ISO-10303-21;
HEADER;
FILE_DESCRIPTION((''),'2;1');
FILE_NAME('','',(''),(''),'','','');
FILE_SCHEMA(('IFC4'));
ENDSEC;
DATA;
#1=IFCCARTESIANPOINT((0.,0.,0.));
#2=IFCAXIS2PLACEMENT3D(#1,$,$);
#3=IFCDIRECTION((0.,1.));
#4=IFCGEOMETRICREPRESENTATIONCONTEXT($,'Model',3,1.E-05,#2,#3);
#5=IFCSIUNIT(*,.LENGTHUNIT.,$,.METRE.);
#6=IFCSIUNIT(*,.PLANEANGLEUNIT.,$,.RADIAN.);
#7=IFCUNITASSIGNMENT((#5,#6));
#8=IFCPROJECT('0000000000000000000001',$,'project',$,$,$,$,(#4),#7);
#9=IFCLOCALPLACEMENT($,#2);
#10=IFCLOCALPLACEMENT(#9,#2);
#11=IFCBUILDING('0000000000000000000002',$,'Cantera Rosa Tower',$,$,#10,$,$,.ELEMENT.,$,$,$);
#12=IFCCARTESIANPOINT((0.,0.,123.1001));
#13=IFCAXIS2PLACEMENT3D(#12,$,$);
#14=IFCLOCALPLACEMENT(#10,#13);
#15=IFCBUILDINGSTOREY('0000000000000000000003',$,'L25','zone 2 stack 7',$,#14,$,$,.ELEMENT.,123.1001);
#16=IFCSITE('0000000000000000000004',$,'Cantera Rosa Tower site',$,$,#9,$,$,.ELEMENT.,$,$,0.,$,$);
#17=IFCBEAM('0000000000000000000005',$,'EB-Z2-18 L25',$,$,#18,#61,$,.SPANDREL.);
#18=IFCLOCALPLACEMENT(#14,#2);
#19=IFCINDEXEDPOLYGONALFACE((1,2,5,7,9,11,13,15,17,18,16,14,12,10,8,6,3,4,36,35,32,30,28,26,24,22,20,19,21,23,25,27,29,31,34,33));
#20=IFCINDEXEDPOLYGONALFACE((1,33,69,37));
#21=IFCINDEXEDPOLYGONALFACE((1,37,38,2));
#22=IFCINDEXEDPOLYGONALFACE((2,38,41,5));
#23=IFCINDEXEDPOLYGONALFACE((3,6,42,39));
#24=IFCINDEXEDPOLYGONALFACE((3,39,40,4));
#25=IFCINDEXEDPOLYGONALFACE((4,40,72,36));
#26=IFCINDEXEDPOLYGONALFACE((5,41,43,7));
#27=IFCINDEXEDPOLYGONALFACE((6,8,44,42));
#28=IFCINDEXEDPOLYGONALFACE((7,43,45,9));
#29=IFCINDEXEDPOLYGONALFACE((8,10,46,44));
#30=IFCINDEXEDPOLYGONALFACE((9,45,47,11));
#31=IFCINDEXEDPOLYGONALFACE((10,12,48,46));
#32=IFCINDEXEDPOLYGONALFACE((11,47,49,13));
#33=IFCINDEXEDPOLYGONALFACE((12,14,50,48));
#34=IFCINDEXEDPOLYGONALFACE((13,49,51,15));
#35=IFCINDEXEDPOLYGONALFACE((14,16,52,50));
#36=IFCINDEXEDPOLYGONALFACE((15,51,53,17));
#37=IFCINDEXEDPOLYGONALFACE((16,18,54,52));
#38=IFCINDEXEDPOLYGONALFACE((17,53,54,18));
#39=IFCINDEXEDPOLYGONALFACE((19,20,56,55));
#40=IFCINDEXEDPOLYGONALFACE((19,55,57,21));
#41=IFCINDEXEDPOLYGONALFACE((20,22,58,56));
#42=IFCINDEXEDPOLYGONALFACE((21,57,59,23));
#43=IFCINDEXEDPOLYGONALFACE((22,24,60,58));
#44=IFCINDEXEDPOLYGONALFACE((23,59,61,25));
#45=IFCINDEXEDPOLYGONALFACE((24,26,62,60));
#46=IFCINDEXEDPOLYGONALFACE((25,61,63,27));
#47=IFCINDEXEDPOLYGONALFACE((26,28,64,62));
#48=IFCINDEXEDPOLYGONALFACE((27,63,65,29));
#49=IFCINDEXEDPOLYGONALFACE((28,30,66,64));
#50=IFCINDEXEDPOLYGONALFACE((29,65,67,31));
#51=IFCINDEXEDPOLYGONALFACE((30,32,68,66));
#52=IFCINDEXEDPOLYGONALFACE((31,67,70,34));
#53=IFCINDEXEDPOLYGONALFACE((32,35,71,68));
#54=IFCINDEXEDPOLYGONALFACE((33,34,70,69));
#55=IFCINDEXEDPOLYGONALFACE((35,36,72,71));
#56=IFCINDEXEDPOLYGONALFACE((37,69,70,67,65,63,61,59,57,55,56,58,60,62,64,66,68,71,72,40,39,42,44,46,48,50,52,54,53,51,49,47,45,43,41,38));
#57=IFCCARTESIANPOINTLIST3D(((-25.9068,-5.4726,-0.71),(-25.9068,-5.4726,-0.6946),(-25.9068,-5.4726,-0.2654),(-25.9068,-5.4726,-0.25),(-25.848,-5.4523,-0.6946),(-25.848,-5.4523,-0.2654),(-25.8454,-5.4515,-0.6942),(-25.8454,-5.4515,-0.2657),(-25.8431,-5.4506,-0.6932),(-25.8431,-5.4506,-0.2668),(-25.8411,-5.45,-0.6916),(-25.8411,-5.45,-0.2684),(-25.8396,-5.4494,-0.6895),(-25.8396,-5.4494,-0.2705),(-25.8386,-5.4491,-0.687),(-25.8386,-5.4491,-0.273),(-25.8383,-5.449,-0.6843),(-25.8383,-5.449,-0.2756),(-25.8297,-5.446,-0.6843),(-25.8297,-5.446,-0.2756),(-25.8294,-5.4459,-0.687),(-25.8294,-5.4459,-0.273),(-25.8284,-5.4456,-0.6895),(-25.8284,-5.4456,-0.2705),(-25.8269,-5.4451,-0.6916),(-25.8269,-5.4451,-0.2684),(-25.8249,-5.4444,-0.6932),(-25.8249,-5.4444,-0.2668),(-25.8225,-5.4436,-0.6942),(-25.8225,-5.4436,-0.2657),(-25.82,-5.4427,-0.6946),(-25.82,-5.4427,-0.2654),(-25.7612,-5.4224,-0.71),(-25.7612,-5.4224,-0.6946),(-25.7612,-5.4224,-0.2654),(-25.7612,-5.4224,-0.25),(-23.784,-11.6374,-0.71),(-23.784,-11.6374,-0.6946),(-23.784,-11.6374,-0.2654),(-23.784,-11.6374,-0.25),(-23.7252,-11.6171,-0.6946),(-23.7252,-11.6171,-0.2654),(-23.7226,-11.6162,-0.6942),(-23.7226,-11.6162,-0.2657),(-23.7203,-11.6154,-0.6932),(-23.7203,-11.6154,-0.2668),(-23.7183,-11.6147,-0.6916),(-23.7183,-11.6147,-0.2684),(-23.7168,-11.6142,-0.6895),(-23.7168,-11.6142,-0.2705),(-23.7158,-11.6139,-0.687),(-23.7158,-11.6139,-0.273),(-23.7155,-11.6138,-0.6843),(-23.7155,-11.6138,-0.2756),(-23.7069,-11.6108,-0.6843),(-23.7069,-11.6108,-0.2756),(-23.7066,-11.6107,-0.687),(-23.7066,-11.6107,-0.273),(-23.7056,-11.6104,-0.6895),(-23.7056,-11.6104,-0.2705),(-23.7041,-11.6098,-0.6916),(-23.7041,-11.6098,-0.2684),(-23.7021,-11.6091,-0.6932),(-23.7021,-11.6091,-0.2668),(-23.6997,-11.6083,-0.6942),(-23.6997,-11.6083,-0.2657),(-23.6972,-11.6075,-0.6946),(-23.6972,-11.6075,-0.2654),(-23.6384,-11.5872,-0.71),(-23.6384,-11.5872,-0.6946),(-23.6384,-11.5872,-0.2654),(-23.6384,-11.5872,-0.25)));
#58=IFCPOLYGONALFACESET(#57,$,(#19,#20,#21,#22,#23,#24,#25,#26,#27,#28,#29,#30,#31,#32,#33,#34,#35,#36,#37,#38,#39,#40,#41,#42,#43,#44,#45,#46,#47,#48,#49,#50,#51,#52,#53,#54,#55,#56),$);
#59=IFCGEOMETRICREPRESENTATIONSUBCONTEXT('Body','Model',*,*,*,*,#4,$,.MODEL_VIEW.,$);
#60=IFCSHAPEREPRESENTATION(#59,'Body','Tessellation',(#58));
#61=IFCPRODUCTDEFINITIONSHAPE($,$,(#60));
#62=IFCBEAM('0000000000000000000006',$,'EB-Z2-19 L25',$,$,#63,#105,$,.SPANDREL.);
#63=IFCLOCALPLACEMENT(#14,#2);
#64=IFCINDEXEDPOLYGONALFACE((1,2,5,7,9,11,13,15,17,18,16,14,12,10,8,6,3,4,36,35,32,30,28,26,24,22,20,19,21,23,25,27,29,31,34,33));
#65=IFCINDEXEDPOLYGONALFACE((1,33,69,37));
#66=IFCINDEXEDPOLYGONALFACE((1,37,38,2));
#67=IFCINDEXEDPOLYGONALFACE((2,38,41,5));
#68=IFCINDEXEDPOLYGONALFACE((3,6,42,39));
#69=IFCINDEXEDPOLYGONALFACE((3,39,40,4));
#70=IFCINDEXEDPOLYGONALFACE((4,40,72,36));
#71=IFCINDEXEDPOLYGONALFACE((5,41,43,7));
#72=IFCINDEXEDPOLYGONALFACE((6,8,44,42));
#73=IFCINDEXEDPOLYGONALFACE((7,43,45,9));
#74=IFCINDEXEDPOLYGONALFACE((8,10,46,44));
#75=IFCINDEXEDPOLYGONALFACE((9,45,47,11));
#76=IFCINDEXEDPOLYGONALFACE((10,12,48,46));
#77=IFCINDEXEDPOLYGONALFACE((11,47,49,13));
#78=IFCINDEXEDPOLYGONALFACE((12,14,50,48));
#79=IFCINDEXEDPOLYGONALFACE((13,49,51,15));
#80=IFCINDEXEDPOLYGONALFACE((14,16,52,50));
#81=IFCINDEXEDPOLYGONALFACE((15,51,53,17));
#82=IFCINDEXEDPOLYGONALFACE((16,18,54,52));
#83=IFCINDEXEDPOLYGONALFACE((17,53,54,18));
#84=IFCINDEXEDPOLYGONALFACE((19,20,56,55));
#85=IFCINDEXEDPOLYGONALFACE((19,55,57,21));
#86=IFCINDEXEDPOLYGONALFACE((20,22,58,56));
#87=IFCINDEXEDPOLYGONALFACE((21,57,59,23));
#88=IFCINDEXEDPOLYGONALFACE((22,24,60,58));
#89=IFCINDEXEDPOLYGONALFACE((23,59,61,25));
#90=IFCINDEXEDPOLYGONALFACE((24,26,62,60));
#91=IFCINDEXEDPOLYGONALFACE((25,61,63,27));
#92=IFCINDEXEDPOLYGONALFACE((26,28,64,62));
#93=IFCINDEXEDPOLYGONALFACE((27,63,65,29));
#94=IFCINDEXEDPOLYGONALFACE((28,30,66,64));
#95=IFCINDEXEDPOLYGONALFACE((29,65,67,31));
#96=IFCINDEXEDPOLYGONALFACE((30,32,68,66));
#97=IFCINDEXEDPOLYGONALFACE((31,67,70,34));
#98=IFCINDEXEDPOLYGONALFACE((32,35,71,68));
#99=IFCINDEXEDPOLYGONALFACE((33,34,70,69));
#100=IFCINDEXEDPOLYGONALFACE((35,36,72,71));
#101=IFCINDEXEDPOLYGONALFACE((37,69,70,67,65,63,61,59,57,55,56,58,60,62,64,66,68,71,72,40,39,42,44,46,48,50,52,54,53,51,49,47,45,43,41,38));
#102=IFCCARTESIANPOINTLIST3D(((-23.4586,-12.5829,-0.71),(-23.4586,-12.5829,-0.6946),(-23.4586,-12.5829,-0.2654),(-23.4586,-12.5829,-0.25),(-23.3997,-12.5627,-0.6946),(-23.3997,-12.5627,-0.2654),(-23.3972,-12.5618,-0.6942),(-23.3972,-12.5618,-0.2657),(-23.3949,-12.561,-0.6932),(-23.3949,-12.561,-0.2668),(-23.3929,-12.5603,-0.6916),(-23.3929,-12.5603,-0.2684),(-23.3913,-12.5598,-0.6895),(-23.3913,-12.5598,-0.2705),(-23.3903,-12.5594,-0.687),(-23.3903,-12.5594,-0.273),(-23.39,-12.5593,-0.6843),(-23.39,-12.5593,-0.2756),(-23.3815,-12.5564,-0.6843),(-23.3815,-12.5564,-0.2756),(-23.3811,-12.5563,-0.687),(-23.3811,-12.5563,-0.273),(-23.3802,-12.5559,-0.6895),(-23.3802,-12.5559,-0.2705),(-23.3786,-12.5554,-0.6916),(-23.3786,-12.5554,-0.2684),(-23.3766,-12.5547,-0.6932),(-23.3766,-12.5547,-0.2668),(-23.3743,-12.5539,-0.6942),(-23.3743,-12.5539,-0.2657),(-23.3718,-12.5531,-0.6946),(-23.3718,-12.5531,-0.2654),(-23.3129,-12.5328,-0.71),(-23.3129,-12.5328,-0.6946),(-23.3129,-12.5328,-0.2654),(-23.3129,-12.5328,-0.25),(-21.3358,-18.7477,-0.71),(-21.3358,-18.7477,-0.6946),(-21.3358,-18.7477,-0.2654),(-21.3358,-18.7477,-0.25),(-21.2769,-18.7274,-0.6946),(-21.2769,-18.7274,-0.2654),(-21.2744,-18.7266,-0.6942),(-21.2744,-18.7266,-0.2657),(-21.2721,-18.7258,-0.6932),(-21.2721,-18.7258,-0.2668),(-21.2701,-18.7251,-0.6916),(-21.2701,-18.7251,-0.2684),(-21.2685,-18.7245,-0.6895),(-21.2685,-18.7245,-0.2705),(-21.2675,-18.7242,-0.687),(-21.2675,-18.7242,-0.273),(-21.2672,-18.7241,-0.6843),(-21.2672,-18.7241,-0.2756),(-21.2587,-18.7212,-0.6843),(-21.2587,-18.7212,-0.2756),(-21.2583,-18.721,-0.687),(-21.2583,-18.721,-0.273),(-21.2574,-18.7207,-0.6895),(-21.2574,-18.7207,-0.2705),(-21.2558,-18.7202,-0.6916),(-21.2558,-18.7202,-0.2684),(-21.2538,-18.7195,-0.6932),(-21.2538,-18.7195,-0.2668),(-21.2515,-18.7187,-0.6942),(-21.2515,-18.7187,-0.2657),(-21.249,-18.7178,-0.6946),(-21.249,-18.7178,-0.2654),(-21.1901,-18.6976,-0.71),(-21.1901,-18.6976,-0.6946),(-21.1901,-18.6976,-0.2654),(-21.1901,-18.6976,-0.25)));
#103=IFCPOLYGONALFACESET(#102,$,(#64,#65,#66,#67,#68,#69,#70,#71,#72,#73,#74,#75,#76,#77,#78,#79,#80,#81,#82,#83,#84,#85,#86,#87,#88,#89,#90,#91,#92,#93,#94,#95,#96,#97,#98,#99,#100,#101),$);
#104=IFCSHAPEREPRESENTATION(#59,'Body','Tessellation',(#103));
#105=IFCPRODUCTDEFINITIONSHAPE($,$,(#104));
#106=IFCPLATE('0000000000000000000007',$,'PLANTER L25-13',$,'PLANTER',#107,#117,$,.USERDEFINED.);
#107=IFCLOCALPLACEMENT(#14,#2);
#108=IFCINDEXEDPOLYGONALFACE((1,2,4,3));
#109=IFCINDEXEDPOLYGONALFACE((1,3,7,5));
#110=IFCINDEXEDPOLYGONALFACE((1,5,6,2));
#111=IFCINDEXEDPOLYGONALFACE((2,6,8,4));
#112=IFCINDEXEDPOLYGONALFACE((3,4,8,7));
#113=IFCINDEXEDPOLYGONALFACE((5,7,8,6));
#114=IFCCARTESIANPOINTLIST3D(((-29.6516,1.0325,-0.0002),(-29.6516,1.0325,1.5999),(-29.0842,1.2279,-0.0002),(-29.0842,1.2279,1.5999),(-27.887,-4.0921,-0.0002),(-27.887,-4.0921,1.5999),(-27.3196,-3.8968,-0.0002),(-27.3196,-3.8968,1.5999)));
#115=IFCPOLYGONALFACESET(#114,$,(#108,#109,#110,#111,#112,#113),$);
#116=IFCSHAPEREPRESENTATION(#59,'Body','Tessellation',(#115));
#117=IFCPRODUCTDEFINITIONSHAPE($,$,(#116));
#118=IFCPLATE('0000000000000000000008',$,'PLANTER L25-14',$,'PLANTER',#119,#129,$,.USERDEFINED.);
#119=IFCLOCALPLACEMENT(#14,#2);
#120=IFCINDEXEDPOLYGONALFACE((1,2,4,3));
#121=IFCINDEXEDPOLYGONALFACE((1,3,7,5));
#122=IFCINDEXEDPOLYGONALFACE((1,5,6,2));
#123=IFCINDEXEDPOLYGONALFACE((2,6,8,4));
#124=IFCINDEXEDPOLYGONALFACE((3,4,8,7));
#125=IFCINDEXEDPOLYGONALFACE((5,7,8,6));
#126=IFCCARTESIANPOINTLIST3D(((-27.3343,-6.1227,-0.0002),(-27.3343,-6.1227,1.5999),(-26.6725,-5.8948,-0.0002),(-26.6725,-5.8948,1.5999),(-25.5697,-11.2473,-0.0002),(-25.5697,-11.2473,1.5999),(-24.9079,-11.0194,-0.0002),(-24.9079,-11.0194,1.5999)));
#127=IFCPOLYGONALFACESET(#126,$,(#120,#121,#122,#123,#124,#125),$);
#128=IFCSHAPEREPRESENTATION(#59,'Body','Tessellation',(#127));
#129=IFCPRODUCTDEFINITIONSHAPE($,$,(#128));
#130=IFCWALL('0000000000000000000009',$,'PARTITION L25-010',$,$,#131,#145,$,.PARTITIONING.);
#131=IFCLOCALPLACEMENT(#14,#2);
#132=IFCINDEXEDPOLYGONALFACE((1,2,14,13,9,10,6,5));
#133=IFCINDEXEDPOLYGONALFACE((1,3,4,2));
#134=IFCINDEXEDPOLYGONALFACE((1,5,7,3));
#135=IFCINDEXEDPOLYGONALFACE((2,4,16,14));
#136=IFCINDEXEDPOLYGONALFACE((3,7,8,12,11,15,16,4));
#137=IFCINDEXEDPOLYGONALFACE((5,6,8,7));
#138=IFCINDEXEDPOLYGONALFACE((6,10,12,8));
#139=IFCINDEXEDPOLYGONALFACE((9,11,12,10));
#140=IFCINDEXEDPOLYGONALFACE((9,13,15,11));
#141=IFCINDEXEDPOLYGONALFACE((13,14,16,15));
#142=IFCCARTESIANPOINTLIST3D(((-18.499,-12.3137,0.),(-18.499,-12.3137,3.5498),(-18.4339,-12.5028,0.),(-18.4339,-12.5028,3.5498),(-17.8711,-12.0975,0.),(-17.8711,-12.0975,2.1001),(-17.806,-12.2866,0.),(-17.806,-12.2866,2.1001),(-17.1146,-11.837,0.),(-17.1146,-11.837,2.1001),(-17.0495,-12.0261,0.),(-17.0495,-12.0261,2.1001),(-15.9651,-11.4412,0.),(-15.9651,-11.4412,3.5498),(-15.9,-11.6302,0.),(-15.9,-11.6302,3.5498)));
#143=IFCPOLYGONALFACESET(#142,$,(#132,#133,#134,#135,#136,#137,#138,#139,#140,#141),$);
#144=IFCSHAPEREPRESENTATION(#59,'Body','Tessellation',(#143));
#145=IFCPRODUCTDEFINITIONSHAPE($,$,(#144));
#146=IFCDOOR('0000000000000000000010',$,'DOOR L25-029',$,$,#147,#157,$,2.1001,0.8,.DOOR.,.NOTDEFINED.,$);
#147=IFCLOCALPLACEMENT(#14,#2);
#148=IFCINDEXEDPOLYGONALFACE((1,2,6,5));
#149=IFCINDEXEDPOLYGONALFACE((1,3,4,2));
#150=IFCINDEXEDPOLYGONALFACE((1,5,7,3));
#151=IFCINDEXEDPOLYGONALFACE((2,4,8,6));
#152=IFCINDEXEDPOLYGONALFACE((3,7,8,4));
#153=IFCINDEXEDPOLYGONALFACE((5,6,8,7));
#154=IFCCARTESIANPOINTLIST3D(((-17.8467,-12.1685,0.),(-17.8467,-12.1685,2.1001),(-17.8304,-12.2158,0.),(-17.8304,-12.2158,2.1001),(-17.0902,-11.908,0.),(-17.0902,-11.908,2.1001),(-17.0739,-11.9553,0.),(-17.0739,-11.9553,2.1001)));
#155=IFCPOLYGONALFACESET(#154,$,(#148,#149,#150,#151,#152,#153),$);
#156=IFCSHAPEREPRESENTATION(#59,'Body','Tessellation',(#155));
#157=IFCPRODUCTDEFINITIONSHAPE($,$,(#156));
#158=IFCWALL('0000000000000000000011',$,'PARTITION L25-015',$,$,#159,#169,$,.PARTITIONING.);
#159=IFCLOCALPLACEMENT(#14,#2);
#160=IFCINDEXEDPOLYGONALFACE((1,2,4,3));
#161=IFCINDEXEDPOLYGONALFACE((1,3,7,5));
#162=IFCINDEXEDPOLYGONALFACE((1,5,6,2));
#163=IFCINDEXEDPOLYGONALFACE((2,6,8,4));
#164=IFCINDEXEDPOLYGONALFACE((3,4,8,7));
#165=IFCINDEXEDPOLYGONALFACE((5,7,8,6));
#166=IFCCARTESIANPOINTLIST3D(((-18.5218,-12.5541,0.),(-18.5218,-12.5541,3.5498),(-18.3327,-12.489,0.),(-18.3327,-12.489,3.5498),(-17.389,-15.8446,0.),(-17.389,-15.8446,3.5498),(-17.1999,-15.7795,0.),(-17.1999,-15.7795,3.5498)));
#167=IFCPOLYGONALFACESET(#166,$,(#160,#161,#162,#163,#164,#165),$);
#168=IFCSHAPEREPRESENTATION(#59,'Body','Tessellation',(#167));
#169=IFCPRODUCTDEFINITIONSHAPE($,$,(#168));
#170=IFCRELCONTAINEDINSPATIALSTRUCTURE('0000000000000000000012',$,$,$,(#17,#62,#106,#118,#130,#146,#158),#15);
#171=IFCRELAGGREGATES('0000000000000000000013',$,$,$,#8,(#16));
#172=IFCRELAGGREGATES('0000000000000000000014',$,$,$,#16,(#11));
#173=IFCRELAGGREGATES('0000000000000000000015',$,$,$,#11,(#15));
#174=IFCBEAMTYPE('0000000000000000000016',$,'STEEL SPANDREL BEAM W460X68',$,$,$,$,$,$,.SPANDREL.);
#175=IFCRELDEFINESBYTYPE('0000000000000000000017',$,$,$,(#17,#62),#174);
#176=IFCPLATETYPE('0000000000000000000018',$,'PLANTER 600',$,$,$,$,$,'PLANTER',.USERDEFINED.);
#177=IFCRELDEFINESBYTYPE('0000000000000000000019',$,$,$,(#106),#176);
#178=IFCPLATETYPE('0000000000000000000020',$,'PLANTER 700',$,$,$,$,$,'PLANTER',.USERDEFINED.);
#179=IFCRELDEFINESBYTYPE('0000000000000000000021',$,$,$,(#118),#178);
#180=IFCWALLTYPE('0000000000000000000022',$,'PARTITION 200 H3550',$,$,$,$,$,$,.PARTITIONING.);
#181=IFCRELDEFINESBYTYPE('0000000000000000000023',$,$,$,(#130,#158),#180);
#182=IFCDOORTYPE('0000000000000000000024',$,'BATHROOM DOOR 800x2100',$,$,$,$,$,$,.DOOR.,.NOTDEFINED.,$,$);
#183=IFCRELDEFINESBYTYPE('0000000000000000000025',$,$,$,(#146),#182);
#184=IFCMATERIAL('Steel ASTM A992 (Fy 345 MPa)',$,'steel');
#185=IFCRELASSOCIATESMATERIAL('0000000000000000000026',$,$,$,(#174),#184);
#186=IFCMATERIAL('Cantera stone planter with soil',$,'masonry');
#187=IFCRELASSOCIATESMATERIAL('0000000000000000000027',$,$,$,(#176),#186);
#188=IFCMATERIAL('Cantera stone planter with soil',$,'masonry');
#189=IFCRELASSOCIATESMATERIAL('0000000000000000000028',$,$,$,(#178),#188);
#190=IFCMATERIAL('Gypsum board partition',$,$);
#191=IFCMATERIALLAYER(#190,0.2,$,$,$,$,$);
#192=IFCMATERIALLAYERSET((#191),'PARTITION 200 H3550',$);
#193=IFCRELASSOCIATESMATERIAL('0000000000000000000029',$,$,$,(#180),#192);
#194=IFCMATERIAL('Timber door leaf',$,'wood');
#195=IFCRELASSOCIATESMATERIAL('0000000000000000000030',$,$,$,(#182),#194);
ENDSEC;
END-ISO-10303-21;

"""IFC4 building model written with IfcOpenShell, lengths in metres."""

from ifc_helpers import new_model, si_unit, direction, frame, frame_2d, origin, origin_2d, place, context, subcontext, project, spatial, rectangle, i_section, extrude, material, layer, layer_set, material_profile, profile_set, type_object, element, fill, save


model = new_model("IFC4")

# Units and contexts
model_context = context("Model", 3, precision=1e-05, world=origin(), true_north=direction((0.0, 1.0)))
body_context = subcontext(model_context, "Body", "Model", "MODEL_VIEW")
ifc_project = project(units=[si_unit("LENGTHUNIT", "METRE"), si_unit("PLANEANGLEUNIT", "RADIAN")], contexts=[model_context])

# Site, building, storey
site_placement = place(None, origin())
site = spatial("IfcSite", under=ifc_project, at=site_placement, Name="Cantera Rosa Tower site", CompositionType="ELEMENT", RefElevation=0.0)
building_placement = place(site_placement, origin())
building = spatial("IfcBuilding", under=site, at=building_placement, Name="Cantera Rosa Tower", CompositionType="ELEMENT")
storey_placement = place(building_placement, frame((0.0, 0.0, 123.1001)))
storey = spatial("IfcBuildingStorey", under=building, at=storey_placement, Name="L25", Description="zone 2 stack 7", CompositionType="ELEMENT", Elevation=123.1001)

# Beams
ifc_material_1 = material(Name="Steel ASTM A992 (Fy 345 MPa)", Category="steel")
ifc_material_profile_1 = material_profile(ifc_material_1, i_section(OverallWidth=0.1541, OverallDepth=0.46, WebThickness=0.009, FlangeThickness=0.0154, FilletRadius=0.0103, at=origin_2d()), Name="W460X68")
ifc_profile_set_1 = profile_set([ifc_material_profile_1], Name="Steel ASTM A992 (Fy 345 MPa)")
beam_type_1 = type_object("IfcBeamType", Name="STEEL SPANDREL BEAM W460X68", PredefinedType="SPANDREL", material=ifc_profile_set_1)
for number, where, z_axis, x_axis, name in (
    (1, (-25.834, -5.4475, -0.48), (0.325581, -0.945514, 0.0), (0.945514, 0.325581, 0.0), "EB-Z2-18 L25"),
    (2, (-23.3857, -12.5579, -0.48), (0.325581, -0.945514, 0.0), (0.945514, 0.325581, 0.0), "EB-Z2-19 L25"),
):
    element("IfcBeam", number, at=place(storey_placement, frame(where, z_axis=z_axis, x_axis=x_axis)), inside=storey, type_object=beam_type_1, Name=name, PredefinedType="SPANDREL", context=body_context, shape_type="SweptSolid", body=[
        extrude(i_section(OverallWidth=0.1541, OverallDepth=0.46, WebThickness=0.009, FlangeThickness=0.0154, FilletRadius=0.0103, at=origin_2d()), origin(), (0.0, 0.0, 1.0), 6.52),
    ])

# Plates
ifc_material_2 = material(Name="Cantera stone planter with soil", Category="masonry")
plate_type_1 = type_object("IfcPlateType", Name="PLANTER 600", ElementType="PLANTER", PredefinedType="USERDEFINED", material=ifc_material_2)
plate_1_placement = place(storey_placement, frame((-28.4856, -1.4321, -0.0002), z_axis=(0.0, 0.0, 1.0), x_axis=(0.325568, -0.945519, 0.0)))
element("IfcPlate", 3, at=plate_1_placement, inside=storey, type_object=plate_type_1, Name="PLANTER L25-13", ObjectType="PLANTER", PredefinedType="USERDEFINED", context=body_context, shape_type="SweptSolid", body=[
    extrude(rectangle(XDim=5.4199, YDim=0.6001, at=origin_2d()), origin(), (0.0, 0.0, 1.0), 1.6001),
])
ifc_material_3 = material(Name="Cantera stone planter with soil", Category="masonry")
plate_type_2 = type_object("IfcPlateType", Name="PLANTER 700", ElementType="PLANTER", PredefinedType="USERDEFINED", material=ifc_material_3)
plate_2_placement = place(storey_placement, frame((-26.1211, -8.571, -0.0002), z_axis=(0.0, 0.0, 1.0), x_axis=(0.325568, -0.945519, 0.0)))
element("IfcPlate", 4, at=plate_2_placement, inside=storey, type_object=plate_type_2, Name="PLANTER L25-14", ObjectType="PLANTER", PredefinedType="USERDEFINED", context=body_context, shape_type="SweptSolid", body=[
    extrude(rectangle(XDim=5.4199, YDim=0.7, at=origin_2d()), origin(), (0.0, 0.0, 1.0), 1.6001),
])

# Wall, opening, door
ifc_material_4 = material(Name="Gypsum board partition")
ifc_layer_1 = layer(ifc_material_4, 0.2)
ifc_layer_set_1 = layer_set([ifc_layer_1], Name="PARTITION 200 H3550")
wall_type_1 = type_object("IfcWallType", Name="PARTITION 200 H3550", PredefinedType="PARTITIONING", material=ifc_layer_set_1)
wall_1_placement = place(storey_placement, frame((-18.4663, -12.4082, 0.0), z_axis=(0.0, 0.0, 1.0), x_axis=(0.945512, 0.325586, 0.0)))
wall_1 = element("IfcWall", 5, at=wall_1_placement, inside=storey, type_object=wall_type_1, Name="PARTITION L25-010", PredefinedType="PARTITIONING", context=body_context, shape_type="SweptSolid", body=[
    extrude(rectangle(XDim=2.6799, YDim=0.2, at=frame_2d((1.3398, 0.0))), origin(), (0.0, 0.0, 1.0), 3.5498),
])
opening_1_placement = place(wall_1_placement, frame((0.6641, 0.0, 0.0)))
opening_1 = element("IfcOpeningElement", 6, at=opening_1_placement, cuts=wall_1, PredefinedType="OPENING", context=body_context, shape_type="SweptSolid", body=[
    extrude(rectangle(XDim=0.8, YDim=2.1001, at=frame_2d((0.3999, 1.05))), frame((0.0, 0.1099, 0.0), z_axis=(0.0, -1.0, 0.0), x_axis=(1.0, 0.0, 0.0)), (0.0, 0.0, 1.0), 0.22),
])
ifc_material_5 = material(Name="Timber door leaf", Category="wood")
door_type_1 = type_object("IfcDoorType", Name="BATHROOM DOOR 800x2100", OperationType="NOTDEFINED", PredefinedType="DOOR", material=ifc_material_5)
door_1_placement = place(opening_1_placement, origin())
door_1 = element("IfcDoor", 7, at=door_1_placement, inside=storey, type_object=door_type_1, Name="DOOR L25-029", OperationType="NOTDEFINED", OverallHeight=2.1001, OverallWidth=0.8, PredefinedType="DOOR", context=body_context, shape_type="SweptSolid", body=[
    extrude(rectangle(XDim=0.8, YDim=2.1001, at=frame_2d((0.3999, 1.05))), frame((0.0, 0.0249, 0.0), z_axis=(0.0, -1.0, 0.0), x_axis=(1.0, 0.0, 0.0)), (0.0, 0.0, 1.0), 0.05),
])
fill(opening_1, door_1)

# Wall
wall_2_placement = place(storey_placement, frame((-17.2944, -15.812, 0.0), z_axis=(0.0, 0.0, 1.0), x_axis=(-0.325515, 0.945537, 0.0)))
element("IfcWall", 8, at=wall_2_placement, inside=storey, type_object=wall_type_1, Name="PARTITION L25-015", PredefinedType="PARTITIONING", context=body_context, shape_type="SweptSolid", body=[
    extrude(rectangle(XDim=3.48, YDim=0.2, at=frame_2d((1.74, 0.0))), origin(), (0.0, 0.0, 1.0), 3.5498),
])

save(model, "model.ifc")
